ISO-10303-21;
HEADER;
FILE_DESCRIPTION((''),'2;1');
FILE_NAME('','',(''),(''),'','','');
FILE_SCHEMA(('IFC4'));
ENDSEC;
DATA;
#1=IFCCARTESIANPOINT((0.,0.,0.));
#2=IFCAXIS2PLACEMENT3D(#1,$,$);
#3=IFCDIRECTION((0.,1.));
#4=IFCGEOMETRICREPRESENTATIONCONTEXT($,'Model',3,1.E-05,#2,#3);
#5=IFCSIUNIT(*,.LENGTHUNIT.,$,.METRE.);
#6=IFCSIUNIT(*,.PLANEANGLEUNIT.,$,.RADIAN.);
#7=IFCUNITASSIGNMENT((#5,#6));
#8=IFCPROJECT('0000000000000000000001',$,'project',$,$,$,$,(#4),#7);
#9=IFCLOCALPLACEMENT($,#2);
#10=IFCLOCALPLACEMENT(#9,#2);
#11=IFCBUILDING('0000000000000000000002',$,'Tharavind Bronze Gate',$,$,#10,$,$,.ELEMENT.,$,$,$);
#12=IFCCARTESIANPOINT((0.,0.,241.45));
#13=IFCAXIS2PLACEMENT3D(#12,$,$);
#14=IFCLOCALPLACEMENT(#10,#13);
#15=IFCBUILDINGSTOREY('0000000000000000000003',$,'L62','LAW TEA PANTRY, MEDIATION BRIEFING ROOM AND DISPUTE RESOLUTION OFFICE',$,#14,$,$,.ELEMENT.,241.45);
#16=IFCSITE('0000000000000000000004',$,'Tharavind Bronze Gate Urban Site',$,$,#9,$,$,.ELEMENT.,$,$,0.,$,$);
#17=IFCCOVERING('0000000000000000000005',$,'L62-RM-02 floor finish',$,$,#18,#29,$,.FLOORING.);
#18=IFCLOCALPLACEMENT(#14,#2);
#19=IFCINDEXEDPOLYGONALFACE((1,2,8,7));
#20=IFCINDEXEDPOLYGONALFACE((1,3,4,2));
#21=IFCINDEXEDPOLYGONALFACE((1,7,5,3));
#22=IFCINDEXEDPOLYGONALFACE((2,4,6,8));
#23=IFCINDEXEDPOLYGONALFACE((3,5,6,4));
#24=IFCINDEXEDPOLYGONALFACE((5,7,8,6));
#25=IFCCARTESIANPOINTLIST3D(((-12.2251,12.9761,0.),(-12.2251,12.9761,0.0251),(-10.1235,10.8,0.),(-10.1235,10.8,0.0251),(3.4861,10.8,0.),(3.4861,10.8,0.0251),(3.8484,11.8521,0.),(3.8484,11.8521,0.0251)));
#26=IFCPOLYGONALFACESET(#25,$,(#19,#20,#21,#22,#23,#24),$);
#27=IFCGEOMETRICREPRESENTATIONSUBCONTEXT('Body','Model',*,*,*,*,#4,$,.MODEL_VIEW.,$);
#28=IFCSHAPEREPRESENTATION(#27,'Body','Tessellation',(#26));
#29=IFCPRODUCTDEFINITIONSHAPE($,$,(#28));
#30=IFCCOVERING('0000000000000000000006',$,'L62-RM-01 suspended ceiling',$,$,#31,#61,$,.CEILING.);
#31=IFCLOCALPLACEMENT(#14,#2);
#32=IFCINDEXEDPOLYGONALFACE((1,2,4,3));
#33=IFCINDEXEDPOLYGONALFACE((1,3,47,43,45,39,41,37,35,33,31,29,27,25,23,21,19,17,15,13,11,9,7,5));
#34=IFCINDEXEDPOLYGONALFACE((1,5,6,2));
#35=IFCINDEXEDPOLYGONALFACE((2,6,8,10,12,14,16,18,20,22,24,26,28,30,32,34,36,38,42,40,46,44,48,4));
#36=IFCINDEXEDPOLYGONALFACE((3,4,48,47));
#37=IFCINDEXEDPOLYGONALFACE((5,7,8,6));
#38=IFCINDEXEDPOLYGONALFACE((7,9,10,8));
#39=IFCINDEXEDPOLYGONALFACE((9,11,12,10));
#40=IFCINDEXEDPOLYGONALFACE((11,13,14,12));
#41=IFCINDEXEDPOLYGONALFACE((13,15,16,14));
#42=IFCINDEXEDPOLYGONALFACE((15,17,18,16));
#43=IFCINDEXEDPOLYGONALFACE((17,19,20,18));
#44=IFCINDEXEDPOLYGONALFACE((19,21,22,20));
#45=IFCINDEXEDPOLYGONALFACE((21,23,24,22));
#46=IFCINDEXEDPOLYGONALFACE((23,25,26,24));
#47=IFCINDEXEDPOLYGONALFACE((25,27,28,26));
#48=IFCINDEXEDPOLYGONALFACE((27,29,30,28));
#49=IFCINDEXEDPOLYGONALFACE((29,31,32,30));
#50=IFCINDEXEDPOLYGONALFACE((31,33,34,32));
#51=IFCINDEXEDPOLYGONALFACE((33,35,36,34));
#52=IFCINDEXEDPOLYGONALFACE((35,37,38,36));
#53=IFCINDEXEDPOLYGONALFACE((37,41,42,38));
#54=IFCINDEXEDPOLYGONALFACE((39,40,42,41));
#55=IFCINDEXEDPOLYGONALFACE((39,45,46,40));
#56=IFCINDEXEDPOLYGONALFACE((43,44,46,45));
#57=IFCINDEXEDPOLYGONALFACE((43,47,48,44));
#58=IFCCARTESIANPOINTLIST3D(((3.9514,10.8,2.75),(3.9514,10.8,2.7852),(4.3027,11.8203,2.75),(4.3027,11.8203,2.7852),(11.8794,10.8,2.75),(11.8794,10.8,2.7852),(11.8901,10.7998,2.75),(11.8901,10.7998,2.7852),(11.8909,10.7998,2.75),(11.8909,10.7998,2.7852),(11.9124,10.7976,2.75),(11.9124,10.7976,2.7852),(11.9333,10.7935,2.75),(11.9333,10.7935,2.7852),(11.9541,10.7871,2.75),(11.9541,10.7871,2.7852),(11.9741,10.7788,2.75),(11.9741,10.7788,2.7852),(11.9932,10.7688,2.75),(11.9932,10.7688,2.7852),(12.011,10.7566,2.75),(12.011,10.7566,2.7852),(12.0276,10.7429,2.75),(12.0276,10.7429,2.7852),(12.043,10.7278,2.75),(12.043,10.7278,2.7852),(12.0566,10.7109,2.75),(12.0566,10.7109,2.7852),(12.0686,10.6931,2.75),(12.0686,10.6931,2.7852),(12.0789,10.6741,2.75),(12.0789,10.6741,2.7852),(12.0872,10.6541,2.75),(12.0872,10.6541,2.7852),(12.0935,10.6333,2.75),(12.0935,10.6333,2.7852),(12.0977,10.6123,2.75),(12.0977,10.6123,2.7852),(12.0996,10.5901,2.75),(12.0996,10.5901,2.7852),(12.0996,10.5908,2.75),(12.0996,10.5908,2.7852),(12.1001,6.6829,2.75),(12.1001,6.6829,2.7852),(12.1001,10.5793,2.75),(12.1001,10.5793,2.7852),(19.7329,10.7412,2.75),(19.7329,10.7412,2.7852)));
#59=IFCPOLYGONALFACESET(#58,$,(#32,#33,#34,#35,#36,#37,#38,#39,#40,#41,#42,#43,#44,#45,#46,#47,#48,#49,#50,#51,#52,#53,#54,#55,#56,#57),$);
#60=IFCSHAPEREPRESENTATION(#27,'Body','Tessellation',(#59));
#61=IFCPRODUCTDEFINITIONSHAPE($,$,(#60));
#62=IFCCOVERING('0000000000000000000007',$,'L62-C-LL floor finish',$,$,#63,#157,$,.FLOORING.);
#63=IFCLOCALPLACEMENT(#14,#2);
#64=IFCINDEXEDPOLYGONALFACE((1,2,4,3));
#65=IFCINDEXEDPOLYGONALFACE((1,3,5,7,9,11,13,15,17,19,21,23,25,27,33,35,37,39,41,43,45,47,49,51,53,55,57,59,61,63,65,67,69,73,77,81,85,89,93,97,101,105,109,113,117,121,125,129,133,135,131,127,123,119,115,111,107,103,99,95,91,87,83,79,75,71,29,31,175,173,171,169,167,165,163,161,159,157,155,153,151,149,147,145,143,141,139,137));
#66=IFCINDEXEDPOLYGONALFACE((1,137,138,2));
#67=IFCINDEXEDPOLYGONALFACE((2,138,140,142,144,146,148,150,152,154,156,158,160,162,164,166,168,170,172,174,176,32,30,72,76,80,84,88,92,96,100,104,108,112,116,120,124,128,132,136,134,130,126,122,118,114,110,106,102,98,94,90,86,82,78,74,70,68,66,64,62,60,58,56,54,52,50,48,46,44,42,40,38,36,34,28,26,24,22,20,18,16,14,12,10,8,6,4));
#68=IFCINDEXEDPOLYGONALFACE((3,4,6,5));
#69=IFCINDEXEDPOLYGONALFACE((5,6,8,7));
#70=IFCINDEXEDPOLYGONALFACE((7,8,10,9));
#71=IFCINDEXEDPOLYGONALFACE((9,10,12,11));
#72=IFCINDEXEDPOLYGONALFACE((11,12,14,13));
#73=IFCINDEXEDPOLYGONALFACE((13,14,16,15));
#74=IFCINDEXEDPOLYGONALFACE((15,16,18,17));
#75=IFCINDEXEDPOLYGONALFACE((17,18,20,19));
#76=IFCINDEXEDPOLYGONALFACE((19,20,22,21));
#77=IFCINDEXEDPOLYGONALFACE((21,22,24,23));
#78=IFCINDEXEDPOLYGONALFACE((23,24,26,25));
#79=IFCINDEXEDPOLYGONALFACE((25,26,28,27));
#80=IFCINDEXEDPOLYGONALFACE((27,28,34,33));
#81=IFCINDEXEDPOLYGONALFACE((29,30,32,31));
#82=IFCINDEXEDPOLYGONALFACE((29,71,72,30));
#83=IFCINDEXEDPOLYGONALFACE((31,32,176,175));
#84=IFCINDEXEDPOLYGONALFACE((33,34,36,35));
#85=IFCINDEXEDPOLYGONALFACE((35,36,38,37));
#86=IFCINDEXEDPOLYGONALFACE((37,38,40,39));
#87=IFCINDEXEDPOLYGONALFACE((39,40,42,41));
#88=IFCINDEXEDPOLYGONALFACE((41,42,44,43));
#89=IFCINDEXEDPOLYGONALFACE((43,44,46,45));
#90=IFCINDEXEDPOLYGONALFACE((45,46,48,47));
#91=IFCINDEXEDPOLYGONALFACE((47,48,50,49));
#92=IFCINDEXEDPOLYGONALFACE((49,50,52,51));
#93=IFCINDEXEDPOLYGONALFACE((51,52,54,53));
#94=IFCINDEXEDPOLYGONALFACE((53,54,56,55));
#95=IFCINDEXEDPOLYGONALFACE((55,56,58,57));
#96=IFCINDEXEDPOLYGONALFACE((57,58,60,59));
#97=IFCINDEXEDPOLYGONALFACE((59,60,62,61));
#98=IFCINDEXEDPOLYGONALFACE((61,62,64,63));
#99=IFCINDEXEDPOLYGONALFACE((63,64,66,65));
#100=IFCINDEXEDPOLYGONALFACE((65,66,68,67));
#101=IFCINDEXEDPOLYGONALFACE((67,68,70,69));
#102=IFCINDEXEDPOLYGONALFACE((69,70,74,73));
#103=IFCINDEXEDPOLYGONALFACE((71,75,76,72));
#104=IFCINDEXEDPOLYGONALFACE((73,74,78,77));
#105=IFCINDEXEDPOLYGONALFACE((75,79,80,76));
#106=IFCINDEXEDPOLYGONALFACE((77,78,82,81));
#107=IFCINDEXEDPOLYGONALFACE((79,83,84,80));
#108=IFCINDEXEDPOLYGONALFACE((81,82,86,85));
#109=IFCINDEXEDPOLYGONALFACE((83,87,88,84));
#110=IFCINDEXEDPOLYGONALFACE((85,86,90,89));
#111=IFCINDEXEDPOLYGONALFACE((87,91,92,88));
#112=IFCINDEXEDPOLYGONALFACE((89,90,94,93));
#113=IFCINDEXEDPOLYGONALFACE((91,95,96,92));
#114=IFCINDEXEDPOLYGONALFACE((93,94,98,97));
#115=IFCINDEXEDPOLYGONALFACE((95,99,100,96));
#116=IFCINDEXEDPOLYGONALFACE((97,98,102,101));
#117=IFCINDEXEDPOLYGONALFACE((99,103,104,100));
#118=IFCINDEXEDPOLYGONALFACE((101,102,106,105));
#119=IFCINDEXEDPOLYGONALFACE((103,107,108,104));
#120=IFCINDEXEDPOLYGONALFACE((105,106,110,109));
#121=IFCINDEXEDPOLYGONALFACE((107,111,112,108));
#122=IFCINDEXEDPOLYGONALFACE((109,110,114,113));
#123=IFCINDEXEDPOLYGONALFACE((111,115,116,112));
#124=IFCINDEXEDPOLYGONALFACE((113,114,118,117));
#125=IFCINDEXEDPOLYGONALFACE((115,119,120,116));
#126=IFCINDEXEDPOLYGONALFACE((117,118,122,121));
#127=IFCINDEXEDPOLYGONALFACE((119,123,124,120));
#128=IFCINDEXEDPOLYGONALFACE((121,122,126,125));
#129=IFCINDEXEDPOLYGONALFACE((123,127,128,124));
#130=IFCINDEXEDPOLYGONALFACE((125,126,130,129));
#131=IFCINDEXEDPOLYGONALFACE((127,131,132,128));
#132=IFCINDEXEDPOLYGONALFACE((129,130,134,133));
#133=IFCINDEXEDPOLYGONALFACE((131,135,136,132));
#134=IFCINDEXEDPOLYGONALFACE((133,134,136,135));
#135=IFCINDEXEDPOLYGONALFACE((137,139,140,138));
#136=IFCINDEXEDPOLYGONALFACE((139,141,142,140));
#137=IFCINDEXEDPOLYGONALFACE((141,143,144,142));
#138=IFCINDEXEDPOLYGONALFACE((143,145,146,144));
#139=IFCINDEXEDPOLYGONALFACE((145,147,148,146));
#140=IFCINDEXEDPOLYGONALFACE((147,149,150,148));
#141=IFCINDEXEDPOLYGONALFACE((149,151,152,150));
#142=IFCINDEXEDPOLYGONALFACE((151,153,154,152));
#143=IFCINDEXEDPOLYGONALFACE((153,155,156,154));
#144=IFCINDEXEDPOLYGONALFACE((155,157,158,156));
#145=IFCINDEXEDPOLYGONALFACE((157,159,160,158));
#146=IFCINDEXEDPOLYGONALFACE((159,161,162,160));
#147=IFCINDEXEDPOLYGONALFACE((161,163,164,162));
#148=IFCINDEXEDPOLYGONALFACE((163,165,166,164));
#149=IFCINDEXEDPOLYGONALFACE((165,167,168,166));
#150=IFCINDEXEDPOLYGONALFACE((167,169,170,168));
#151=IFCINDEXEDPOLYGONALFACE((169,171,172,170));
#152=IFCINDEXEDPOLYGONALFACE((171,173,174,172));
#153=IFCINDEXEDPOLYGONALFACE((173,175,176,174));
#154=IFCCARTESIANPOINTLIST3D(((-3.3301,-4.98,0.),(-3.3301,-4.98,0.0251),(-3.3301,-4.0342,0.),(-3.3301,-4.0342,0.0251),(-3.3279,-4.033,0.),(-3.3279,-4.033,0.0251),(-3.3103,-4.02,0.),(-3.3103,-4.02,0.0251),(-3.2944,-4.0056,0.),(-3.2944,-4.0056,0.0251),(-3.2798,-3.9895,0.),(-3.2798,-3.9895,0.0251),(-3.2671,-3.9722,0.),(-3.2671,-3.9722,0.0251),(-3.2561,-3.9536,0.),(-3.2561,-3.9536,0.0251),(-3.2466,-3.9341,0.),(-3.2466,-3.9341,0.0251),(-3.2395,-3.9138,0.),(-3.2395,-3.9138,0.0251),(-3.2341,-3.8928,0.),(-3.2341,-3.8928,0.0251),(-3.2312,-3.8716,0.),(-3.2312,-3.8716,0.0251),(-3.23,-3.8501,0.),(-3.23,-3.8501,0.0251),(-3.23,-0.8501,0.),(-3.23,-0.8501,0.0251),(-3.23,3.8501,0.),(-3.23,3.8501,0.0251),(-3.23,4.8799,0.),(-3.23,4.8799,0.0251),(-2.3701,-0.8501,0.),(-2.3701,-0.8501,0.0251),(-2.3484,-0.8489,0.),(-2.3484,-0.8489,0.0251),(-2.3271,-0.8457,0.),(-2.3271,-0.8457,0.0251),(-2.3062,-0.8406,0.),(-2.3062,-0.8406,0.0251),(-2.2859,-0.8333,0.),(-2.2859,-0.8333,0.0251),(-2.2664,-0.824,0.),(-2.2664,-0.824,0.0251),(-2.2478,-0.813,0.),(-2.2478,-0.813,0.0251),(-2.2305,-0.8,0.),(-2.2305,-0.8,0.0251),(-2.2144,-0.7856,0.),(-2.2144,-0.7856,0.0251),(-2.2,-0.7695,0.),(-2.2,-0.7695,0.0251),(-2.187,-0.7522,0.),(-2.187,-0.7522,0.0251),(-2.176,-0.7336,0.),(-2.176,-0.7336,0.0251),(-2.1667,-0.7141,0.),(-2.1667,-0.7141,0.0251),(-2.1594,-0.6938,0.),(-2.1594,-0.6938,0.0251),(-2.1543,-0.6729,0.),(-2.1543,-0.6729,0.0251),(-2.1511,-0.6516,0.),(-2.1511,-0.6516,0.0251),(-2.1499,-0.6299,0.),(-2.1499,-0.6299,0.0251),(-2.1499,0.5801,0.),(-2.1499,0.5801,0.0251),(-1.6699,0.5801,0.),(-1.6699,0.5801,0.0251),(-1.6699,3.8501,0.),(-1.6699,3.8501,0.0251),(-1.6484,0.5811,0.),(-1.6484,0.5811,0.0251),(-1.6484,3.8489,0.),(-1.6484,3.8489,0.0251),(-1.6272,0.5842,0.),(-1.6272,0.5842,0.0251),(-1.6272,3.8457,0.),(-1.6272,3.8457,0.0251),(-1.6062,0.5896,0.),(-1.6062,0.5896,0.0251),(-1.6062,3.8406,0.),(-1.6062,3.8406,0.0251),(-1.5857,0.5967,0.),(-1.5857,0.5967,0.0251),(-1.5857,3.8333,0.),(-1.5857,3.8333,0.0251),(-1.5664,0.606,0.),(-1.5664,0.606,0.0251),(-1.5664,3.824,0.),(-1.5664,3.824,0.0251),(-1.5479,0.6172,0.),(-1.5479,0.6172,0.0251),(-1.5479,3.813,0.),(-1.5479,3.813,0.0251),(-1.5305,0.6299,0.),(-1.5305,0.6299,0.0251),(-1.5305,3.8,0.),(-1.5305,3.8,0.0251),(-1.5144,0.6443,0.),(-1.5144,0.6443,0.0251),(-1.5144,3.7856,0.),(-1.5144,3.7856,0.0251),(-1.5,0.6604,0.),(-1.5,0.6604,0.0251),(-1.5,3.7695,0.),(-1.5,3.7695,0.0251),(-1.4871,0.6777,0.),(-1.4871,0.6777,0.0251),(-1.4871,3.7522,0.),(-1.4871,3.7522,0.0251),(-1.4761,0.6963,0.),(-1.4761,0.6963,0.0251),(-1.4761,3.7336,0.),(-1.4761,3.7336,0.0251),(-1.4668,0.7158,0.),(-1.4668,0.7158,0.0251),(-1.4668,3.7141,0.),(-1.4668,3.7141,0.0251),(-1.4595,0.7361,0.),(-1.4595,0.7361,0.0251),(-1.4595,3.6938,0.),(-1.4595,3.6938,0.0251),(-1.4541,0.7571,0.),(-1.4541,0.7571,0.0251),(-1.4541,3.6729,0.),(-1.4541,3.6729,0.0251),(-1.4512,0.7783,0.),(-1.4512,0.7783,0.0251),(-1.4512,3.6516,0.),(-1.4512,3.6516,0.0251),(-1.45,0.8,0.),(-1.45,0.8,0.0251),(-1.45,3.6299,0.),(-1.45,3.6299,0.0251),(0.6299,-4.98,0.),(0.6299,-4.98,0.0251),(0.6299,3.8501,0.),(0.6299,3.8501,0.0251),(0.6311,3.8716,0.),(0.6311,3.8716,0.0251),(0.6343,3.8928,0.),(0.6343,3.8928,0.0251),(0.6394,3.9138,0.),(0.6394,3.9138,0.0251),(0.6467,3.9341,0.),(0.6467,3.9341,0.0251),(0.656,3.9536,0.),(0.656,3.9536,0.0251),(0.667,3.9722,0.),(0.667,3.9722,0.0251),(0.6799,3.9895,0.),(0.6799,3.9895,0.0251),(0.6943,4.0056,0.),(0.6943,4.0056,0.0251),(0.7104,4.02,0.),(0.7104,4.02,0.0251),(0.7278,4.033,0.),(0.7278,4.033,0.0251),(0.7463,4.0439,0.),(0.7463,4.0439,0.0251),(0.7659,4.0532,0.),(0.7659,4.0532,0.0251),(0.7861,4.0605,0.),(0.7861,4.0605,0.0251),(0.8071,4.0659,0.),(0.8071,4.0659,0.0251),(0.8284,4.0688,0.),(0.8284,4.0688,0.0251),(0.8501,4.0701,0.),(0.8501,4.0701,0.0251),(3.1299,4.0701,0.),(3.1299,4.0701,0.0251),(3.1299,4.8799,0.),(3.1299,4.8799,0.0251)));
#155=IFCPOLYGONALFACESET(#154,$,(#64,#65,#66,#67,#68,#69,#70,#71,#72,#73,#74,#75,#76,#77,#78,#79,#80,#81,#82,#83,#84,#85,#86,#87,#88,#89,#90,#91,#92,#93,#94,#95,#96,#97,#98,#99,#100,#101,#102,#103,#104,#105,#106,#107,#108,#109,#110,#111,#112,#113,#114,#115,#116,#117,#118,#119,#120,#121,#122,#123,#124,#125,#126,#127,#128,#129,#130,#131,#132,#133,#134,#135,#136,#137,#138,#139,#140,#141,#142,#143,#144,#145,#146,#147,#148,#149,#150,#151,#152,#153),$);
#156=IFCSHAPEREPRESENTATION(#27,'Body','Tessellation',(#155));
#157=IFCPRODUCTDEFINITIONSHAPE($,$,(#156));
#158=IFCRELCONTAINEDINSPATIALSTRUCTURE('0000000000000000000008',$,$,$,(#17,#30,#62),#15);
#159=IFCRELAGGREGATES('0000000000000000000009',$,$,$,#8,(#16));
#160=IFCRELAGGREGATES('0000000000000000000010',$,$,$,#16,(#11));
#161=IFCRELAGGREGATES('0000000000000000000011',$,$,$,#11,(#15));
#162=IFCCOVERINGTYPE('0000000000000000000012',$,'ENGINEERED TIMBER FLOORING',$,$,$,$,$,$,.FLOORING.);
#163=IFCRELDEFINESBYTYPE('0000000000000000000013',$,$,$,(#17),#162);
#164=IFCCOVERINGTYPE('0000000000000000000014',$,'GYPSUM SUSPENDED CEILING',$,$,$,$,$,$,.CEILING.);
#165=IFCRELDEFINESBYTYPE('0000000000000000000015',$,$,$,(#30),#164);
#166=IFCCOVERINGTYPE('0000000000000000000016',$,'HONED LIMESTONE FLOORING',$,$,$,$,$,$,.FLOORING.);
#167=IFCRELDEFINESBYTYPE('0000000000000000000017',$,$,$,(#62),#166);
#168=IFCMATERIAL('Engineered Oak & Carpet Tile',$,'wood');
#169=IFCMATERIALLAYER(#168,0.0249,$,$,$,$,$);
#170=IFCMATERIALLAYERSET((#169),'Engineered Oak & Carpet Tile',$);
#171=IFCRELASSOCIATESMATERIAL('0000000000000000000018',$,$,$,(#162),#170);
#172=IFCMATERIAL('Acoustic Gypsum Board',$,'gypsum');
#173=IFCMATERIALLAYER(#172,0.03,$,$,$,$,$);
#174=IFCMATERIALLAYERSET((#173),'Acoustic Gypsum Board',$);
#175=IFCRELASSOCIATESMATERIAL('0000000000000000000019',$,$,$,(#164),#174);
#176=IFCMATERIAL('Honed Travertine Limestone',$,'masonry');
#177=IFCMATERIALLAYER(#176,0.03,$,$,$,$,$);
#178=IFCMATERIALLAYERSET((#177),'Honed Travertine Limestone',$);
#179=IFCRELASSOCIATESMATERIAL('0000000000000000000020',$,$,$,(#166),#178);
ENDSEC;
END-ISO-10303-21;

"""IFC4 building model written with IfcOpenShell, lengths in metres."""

from ifc_helpers import new_model, si_unit, direction, frame, origin, place, context, subcontext, project, spatial, polyline, outline, extrude, material, layer, layer_set, type_object, element, save


model = new_model("IFC4")

# Units and contexts
model_context = context("Model", 3, precision=1e-05, world=origin(), true_north=direction((0.0, 1.0)))
body_context = subcontext(model_context, "Body", "Model", "MODEL_VIEW")
ifc_project = project(units=[si_unit("LENGTHUNIT", "METRE"), si_unit("PLANEANGLEUNIT", "RADIAN")], contexts=[model_context])

# Site, building, storey
site_placement = place(None, origin())
site = spatial("IfcSite", under=ifc_project, at=site_placement, Name="Tharavind Bronze Gate Urban Site", CompositionType="ELEMENT", RefElevation=0.0)
building_placement = place(site_placement, origin())
building = spatial("IfcBuilding", under=site, at=building_placement, Name="Tharavind Bronze Gate", CompositionType="ELEMENT")
storey_placement = place(building_placement, frame((0.0, 0.0, 241.45)))
storey = spatial("IfcBuildingStorey", under=building, at=storey_placement, Name="L62", Description="LAW TEA PANTRY, MEDIATION BRIEFING ROOM AND DISPUTE RESOLUTION OFFICE", CompositionType="ELEMENT", Elevation=241.45)

# Coverings
ifc_material_1 = material(Name="Engineered Oak & Carpet Tile", Category="wood")
ifc_layer_1 = layer(ifc_material_1, 0.0249)
ifc_layer_set_1 = layer_set([ifc_layer_1], Name="Engineered Oak & Carpet Tile")
covering_type_1 = type_object("IfcCoveringType", Name="ENGINEERED TIMBER FLOORING", PredefinedType="FLOORING", material=ifc_layer_set_1)
covering_1_placement = place(storey_placement, origin())
element("IfcCovering", 1, at=covering_1_placement, inside=storey, type_object=covering_type_1, Name="L62-RM-02 floor finish", PredefinedType="FLOORING", context=body_context, shape_type="SweptSolid", body=[
    extrude(outline(polyline([(-10.1235, 10.8), (3.4861, 10.8), (3.8484, 11.8521), (-12.2251, 12.9761), (-10.1235, 10.8)])), origin(), (0.0, 0.0, 1.0), 0.0251),
])
ifc_material_2 = material(Name="Acoustic Gypsum Board", Category="gypsum")
ifc_layer_2 = layer(ifc_material_2, 0.03)
ifc_layer_set_2 = layer_set([ifc_layer_2], Name="Acoustic Gypsum Board")
covering_type_2 = type_object("IfcCoveringType", Name="GYPSUM SUSPENDED CEILING", PredefinedType="CEILING", material=ifc_layer_set_2)
covering_2_placement = place(storey_placement, frame((0.0, 0.0, 2.75)))
element("IfcCovering", 2, at=covering_2_placement, inside=storey, type_object=covering_type_2, Name="L62-RM-01 suspended ceiling", PredefinedType="CEILING", context=body_context, shape_type="SweptSolid", body=[
    extrude(outline(polyline([(11.8794, 10.8), (11.8901, 10.7998), (11.8909, 10.7998), (11.9124, 10.7976), (11.9333, 10.7935), (11.9541, 10.7871), (11.9741, 10.7788), (11.9932, 10.7688), (12.011, 10.7566), (12.0276, 10.7429), (12.043, 10.7278), (12.0566, 10.7109), (12.0686, 10.6931), (12.0789, 10.6741), (12.0872, 10.6541), (12.0935, 10.6333), (12.0977, 10.6123), (12.0996, 10.5908), (12.0996, 10.5901), (12.1001, 10.5793), (12.1001, 6.6829), (19.7329, 10.7412), (4.3027, 11.8203), (3.9514, 10.8), (11.8794, 10.8)])), origin(), (0.0, 0.0, 1.0), 0.0352),
])
ifc_material_3 = material(Name="Honed Travertine Limestone", Category="masonry")
ifc_layer_3 = layer(ifc_material_3, 0.03)
ifc_layer_set_3 = layer_set([ifc_layer_3], Name="Honed Travertine Limestone")
covering_type_3 = type_object("IfcCoveringType", Name="HONED LIMESTONE FLOORING", PredefinedType="FLOORING", material=ifc_layer_set_3)
covering_3_placement = place(storey_placement, origin())
element("IfcCovering", 3, at=covering_3_placement, inside=storey, type_object=covering_type_3, Name="L62-C-LL floor finish", PredefinedType="FLOORING", context=body_context, shape_type="SweptSolid", body=[
    extrude(outline(polyline([(-3.3301, -4.98), (0.6299, -4.98), (0.6299, 3.8501), (0.6311, 3.8716), (0.6343, 3.8928), (0.6394, 3.9138), (0.6467, 3.9341), (0.656, 3.9536), (0.667, 3.9722), (0.6799, 3.9895), (0.6943, 4.0056), (0.7104, 4.02), (0.7278, 4.033), (0.7463, 4.0439), (0.7659, 4.0532), (0.7861, 4.0605), (0.8071, 4.0659), (0.8284, 4.0688), (0.8501, 4.0701), (3.1299, 4.0701), (3.1299, 4.8799), (-3.23, 4.8799), (-3.23, 3.8501), (-1.6699, 3.8501), (-1.6484, 3.8489), (-1.6272, 3.8457), (-1.6062, 3.8406), (-1.5857, 3.8333), (-1.5664, 3.824), (-1.5479, 3.813), (-1.5305, 3.8), (-1.5144, 3.7856), (-1.5, 3.7695), (-1.4871, 3.7522), (-1.4761, 3.7336), (-1.4668, 3.7141), (-1.4595, 3.6938), (-1.4541, 3.6729), (-1.4512, 3.6516), (-1.45, 3.6299), (-1.45, 0.8), (-1.4512, 0.7783), (-1.4541, 0.7571), (-1.4595, 0.7361), (-1.4668, 0.7158), (-1.4761, 0.6963), (-1.4871, 0.6777), (-1.5, 0.6604), (-1.5144, 0.6443), (-1.5305, 0.6299), (-1.5479, 0.6172), (-1.5664, 0.606), (-1.5857, 0.5967), (-1.6062, 0.5896), (-1.6272, 0.5842), (-1.6484, 0.5811), (-1.6699, 0.5801), (-2.1499, 0.5801), (-2.1499, -0.6299), (-2.1511, -0.6516), (-2.1543, -0.6729), (-2.1594, -0.6938), (-2.1667, -0.7141), (-2.176, -0.7336), (-2.187, -0.7522), (-2.2, -0.7695), (-2.2144, -0.7856), (-2.2305, -0.8), (-2.2478, -0.813), (-2.2664, -0.824), (-2.2859, -0.8333), (-2.3062, -0.8406), (-2.3271, -0.8457), (-2.3484, -0.8489), (-2.3701, -0.8501), (-3.23, -0.8501), (-3.23, -3.8501), (-3.2312, -3.8716), (-3.2341, -3.8928), (-3.2395, -3.9138), (-3.2466, -3.9341), (-3.2561, -3.9536), (-3.2671, -3.9722), (-3.2798, -3.9895), (-3.2944, -4.0056), (-3.3103, -4.02), (-3.3279, -4.033), (-3.3301, -4.0342), (-3.3301, -4.98)])), origin(), (0.0, 0.0, 1.0), 0.0251),
])

save(model, "model.ifc")
